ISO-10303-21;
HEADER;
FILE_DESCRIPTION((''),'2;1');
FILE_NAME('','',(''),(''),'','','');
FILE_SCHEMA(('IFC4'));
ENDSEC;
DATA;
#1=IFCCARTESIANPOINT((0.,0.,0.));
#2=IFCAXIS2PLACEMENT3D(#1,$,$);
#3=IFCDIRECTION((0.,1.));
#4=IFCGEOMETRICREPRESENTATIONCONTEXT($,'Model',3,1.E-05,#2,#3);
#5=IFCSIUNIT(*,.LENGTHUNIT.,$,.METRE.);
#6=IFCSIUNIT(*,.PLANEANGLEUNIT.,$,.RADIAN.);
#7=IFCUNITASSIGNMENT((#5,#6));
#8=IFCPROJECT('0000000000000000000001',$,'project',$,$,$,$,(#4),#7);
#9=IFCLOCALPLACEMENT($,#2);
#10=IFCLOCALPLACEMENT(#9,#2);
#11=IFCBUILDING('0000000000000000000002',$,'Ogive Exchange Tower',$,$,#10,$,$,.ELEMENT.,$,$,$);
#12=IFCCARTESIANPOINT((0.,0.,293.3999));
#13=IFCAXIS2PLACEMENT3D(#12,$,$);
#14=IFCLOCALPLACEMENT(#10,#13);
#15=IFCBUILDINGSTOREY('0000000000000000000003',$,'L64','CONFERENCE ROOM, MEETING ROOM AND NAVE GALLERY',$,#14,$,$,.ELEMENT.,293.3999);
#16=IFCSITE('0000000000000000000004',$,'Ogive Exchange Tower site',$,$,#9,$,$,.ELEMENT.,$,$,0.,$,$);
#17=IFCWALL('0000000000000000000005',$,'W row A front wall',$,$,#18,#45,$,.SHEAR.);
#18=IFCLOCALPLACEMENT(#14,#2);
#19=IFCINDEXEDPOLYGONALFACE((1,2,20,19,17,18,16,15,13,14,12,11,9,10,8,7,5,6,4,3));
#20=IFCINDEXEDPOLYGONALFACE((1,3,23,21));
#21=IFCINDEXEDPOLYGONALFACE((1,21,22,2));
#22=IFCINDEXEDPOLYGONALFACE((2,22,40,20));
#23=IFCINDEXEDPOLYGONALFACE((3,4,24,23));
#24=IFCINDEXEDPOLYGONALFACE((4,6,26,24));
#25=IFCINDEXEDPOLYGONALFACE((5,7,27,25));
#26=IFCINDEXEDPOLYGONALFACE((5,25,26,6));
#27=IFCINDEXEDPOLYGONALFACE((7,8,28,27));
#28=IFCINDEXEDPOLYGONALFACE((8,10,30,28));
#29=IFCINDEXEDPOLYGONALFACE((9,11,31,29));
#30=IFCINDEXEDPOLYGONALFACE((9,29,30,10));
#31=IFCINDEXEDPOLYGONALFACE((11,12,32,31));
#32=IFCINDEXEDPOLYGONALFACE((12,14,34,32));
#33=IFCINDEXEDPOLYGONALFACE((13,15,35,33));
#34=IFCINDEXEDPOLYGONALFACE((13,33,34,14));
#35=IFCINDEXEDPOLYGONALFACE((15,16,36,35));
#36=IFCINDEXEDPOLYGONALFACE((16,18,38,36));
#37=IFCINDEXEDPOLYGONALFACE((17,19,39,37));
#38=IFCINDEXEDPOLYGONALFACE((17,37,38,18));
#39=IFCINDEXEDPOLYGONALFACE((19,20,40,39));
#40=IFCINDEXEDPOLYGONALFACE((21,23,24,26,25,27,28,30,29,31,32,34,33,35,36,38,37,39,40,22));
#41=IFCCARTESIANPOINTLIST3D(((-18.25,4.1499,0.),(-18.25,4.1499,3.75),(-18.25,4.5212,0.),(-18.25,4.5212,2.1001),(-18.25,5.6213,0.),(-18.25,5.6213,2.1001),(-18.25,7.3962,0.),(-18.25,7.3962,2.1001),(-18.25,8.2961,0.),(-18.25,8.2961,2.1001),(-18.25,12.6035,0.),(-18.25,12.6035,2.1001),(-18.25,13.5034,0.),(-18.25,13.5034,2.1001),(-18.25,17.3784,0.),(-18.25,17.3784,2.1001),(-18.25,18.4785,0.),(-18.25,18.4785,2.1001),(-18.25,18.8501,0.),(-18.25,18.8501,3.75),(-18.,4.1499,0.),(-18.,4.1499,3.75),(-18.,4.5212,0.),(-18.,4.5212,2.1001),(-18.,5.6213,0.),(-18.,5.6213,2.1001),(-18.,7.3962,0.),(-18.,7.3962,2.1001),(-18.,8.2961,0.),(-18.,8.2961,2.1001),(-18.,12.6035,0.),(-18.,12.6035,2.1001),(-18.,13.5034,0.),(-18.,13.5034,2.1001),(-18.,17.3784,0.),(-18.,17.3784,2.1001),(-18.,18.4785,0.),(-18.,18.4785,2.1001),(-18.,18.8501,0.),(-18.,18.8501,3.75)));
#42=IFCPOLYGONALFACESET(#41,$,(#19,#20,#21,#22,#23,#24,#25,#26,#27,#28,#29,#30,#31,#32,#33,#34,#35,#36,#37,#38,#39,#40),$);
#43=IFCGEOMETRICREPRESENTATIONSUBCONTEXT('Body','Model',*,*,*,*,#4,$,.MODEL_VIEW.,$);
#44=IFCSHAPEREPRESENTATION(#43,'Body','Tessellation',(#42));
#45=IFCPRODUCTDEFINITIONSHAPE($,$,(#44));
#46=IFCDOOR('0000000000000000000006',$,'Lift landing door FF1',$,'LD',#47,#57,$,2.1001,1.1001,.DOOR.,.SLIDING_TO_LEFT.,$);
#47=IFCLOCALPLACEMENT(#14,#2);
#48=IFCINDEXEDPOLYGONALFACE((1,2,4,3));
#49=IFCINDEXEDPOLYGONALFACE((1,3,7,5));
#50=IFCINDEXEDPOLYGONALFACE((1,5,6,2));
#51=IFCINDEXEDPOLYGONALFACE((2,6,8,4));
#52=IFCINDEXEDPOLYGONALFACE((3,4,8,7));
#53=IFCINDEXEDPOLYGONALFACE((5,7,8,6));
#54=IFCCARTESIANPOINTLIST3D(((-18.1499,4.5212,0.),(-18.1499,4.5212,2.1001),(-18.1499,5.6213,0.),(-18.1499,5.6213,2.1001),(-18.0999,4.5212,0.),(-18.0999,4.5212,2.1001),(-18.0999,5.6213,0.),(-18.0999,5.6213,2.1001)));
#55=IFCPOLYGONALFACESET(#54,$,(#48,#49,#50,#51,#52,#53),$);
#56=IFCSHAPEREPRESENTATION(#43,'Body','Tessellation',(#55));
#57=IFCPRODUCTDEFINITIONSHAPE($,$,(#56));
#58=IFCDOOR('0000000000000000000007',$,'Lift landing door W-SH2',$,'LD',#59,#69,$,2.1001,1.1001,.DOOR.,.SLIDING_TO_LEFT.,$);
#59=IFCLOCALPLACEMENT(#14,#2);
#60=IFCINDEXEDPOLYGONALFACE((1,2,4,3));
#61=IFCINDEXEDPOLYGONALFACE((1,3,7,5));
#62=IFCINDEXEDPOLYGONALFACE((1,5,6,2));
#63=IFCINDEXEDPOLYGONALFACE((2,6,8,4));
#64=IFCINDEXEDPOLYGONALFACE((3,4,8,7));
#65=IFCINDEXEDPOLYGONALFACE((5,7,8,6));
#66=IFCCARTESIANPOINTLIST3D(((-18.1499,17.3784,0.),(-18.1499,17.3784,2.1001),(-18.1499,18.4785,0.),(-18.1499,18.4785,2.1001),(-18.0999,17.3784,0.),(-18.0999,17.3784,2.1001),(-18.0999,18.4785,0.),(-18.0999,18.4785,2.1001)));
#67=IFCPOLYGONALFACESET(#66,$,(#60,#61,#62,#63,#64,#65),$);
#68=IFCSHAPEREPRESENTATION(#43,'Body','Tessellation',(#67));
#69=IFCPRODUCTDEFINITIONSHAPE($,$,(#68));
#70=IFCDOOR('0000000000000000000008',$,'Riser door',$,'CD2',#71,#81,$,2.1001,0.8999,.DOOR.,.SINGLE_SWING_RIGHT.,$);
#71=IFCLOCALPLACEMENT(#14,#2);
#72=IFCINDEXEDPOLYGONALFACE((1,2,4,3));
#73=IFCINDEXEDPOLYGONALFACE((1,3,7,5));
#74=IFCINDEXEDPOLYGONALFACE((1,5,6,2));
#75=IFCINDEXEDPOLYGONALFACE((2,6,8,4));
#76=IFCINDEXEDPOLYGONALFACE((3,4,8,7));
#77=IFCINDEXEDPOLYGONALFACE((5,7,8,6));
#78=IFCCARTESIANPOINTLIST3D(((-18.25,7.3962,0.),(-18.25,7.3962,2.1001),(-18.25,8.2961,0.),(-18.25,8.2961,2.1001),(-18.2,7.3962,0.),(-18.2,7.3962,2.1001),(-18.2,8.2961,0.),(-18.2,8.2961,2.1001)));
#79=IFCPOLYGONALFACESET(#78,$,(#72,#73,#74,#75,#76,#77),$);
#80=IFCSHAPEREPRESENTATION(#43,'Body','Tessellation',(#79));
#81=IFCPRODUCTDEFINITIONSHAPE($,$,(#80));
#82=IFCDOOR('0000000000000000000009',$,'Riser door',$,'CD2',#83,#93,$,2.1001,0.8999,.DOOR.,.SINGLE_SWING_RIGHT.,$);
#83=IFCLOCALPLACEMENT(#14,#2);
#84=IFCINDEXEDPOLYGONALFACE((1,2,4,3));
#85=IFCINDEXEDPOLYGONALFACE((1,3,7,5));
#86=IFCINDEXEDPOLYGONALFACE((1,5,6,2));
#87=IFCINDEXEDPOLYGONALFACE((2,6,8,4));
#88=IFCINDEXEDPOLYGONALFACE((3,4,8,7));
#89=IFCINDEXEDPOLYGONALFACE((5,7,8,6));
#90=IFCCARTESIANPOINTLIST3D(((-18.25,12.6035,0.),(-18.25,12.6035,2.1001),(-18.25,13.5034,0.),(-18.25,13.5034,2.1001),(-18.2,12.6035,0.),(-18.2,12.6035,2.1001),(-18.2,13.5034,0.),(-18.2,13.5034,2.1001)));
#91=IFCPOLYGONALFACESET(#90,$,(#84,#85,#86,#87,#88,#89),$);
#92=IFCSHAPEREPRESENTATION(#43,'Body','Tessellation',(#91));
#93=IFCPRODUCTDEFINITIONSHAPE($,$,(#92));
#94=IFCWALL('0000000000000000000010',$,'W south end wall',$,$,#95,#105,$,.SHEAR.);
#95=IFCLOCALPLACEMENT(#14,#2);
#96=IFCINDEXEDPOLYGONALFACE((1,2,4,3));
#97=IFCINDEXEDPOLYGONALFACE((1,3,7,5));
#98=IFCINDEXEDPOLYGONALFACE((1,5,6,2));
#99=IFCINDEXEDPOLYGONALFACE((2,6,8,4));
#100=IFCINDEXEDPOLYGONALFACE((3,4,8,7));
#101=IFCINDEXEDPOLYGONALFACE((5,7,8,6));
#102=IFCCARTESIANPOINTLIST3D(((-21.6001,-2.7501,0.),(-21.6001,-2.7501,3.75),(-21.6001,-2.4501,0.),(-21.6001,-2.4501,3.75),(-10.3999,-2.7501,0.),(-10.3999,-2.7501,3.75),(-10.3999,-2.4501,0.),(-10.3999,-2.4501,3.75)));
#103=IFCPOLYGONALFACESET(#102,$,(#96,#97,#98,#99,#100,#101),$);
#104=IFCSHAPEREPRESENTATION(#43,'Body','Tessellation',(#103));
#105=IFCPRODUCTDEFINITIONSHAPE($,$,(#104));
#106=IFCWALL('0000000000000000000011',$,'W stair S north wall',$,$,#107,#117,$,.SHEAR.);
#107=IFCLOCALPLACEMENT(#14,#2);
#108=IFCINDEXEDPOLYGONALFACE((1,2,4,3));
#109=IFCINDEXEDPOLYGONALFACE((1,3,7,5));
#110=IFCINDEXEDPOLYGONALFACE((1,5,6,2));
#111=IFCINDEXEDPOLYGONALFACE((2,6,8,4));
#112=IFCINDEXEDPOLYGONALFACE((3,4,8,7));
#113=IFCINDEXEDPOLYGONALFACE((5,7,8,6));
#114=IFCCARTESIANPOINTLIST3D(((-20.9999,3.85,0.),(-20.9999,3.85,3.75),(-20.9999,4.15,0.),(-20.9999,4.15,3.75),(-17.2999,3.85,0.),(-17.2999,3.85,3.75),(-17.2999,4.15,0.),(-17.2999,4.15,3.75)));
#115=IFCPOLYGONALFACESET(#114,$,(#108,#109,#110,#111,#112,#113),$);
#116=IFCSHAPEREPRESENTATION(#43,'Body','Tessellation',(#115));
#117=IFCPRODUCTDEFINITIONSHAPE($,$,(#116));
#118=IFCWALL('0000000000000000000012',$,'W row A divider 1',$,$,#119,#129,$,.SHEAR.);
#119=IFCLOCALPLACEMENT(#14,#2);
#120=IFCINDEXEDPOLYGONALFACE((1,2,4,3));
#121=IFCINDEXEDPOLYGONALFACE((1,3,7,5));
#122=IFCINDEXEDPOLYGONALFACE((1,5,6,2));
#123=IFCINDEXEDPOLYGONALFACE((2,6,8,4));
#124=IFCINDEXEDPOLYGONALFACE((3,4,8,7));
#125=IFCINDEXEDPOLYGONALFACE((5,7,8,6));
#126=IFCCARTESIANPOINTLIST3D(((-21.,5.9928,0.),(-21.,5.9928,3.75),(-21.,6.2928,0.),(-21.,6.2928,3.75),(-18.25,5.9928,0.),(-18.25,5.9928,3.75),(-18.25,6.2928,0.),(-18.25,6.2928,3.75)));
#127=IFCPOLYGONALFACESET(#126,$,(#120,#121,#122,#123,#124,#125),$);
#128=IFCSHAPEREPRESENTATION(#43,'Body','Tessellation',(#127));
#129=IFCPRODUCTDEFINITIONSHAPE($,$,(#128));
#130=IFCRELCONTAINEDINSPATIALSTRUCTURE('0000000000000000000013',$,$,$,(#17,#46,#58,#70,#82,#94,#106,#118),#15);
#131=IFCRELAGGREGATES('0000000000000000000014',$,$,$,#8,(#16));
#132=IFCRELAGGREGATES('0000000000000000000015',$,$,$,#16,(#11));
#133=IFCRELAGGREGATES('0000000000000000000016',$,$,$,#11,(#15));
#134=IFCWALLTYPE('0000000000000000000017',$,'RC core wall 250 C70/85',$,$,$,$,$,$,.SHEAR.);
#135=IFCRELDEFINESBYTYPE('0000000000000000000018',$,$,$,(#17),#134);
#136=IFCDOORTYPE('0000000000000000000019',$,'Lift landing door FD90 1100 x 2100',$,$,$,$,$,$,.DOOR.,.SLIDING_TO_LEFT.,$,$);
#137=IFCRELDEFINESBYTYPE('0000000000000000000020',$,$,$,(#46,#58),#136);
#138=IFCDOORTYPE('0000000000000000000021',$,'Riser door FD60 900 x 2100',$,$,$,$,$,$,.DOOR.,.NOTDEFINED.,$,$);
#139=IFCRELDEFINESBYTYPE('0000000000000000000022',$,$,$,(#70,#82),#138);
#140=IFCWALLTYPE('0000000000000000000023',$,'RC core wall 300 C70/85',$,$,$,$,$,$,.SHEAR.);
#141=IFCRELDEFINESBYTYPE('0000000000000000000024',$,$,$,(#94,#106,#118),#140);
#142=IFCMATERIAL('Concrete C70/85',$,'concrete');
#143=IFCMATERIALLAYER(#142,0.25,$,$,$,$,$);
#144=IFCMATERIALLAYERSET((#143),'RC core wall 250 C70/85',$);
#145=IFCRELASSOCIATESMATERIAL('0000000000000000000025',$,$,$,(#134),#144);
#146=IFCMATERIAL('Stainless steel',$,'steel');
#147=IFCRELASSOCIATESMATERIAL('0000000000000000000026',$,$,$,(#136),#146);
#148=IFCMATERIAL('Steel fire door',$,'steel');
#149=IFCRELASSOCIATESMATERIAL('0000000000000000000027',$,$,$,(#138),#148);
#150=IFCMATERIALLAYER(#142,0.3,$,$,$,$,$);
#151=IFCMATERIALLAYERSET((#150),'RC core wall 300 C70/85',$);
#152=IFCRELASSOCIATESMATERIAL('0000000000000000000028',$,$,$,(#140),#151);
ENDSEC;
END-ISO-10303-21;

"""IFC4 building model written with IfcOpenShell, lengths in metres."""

from ifc_helpers import new_model, si_unit, direction, frame, frame_2d, origin, place, context, subcontext, project, spatial, rectangle, extrude, material, layer, layer_set, type_object, element, fill, save


model = new_model("IFC4")

# Units and contexts
model_context = context("Model", 3, precision=1e-05, world=origin(), true_north=direction((0.0, 1.0)))
body_context = subcontext(model_context, "Body", "Model", "MODEL_VIEW")
ifc_project = project(units=[si_unit("LENGTHUNIT", "METRE"), si_unit("PLANEANGLEUNIT", "RADIAN")], contexts=[model_context])

# Site, building, storey
site_placement = place(None, origin())
site = spatial("IfcSite", under=ifc_project, at=site_placement, Name="Ogive Exchange Tower site", CompositionType="ELEMENT", RefElevation=0.0)
building_placement = place(site_placement, origin())
building = spatial("IfcBuilding", under=site, at=building_placement, Name="Ogive Exchange Tower", CompositionType="ELEMENT")
storey_placement = place(building_placement, frame((0.0, 0.0, 293.3999)))
storey = spatial("IfcBuildingStorey", under=building, at=storey_placement, Name="L64", Description="CONFERENCE ROOM, MEETING ROOM AND NAVE GALLERY", CompositionType="ELEMENT", Elevation=293.3999)

# Wall, openings, doors
ifc_material_1 = material(Name="Concrete C70/85", Category="concrete")
ifc_layer_1 = layer(ifc_material_1, 0.25)
ifc_layer_set_1 = layer_set([ifc_layer_1], Name="RC core wall 250 C70/85")
wall_type_1 = type_object("IfcWallType", Name="RC core wall 250 C70/85", PredefinedType="SHEAR", material=ifc_layer_set_1)
wall_1_placement = place(storey_placement, frame((-18.125, 4.1499, 0.0), z_axis=(0.0, 0.0, 1.0), x_axis=(0.0, 1.0, 0.0)))
wall_1 = element("IfcWall", 1, at=wall_1_placement, inside=storey, type_object=wall_type_1, Name="W row A front wall", PredefinedType="SHEAR", context=body_context, shape_type="SweptSolid", body=[
    extrude(rectangle(XDim=14.7002, YDim=0.25, at=frame_2d((7.3501, 0.0))), origin(), (0.0, 0.0, 1.0), 3.75),
])
opening_1_placement = place(wall_1_placement, frame((3.2463, 0.0, 0.0)))
opening_1 = element("IfcOpeningElement", 2, at=opening_1_placement, cuts=wall_1, PredefinedType="OPENING", context=body_context, shape_type="SweptSolid", body=[
    extrude(rectangle(XDim=0.8999, YDim=2.1001, at=frame_2d((0.45, 1.05))), frame((0.0, 0.135, 0.0), z_axis=(0.0, -1.0, 0.0), x_axis=(1.0, 0.0, 0.0)), (0.0, 0.0, 1.0), 0.27),
])
opening_2_placement = place(wall_1_placement, frame((8.4536, 0.0, 0.0)))
opening_2 = element("IfcOpeningElement", 3, at=opening_2_placement, cuts=wall_1, PredefinedType="OPENING", context=body_context, shape_type="SweptSolid", body=[
    extrude(rectangle(XDim=0.8999, YDim=2.1001, at=frame_2d((0.45, 1.05))), frame((0.0, 0.135, 0.0), z_axis=(0.0, -1.0, 0.0), x_axis=(1.0, 0.0, 0.0)), (0.0, 0.0, 1.0), 0.27),
])
opening_3_placement = place(wall_1_placement, frame((0.3713, 0.0, 0.0)))
opening_3 = element("IfcOpeningElement", 4, at=opening_3_placement, cuts=wall_1, PredefinedType="OPENING", context=body_context, shape_type="SweptSolid", body=[
    extrude(rectangle(XDim=1.1001, YDim=2.1001, at=frame_2d((0.55, 1.05))), frame((0.0, 0.135, 0.0), z_axis=(0.0, -1.0, 0.0), x_axis=(1.0, 0.0, 0.0)), (0.0, 0.0, 1.0), 0.27),
])
opening_4_placement = place(wall_1_placement, frame((13.2285, 0.0, 0.0)))
opening_4 = element("IfcOpeningElement", 5, at=opening_4_placement, cuts=wall_1, PredefinedType="OPENING", context=body_context, shape_type="SweptSolid", body=[
    extrude(rectangle(XDim=1.1001, YDim=2.1001, at=frame_2d((0.55, 1.05))), frame((0.0, 0.135, 0.0), z_axis=(0.0, -1.0, 0.0), x_axis=(1.0, 0.0, 0.0)), (0.0, 0.0, 1.0), 0.27),
])
ifc_material_2 = material(Name="Stainless steel", Category="steel")
door_type_1 = type_object("IfcDoorType", Name="Lift landing door FD90 1100 x 2100", OperationType="SLIDING_TO_LEFT", PredefinedType="DOOR", material=ifc_material_2)
door_1_placement = place(opening_3_placement, origin())
door_1 = element("IfcDoor", 6, at=door_1_placement, inside=storey, type_object=door_type_1, Name="Lift landing door FF1", ObjectType="LD", OperationType="SLIDING_TO_LEFT", OverallHeight=2.1001, OverallWidth=1.1001, PredefinedType="DOOR", context=body_context, shape_type="SweptSolid", body=[
    extrude(rectangle(XDim=1.1001, YDim=2.1001, at=frame_2d((0.55, 1.05))), frame((0.0, 0.0249, 0.0), z_axis=(0.0, -1.0, 0.0), x_axis=(1.0, 0.0, 0.0)), (0.0, 0.0, 1.0), 0.05),
])
fill(opening_3, door_1)
door_2_placement = place(opening_4_placement, origin())
door_2 = element("IfcDoor", 7, at=door_2_placement, inside=storey, type_object=door_type_1, Name="Lift landing door W-SH2", ObjectType="LD", OperationType="SLIDING_TO_LEFT", OverallHeight=2.1001, OverallWidth=1.1001, PredefinedType="DOOR", context=body_context, shape_type="SweptSolid", body=[
    extrude(rectangle(XDim=1.1001, YDim=2.1001, at=frame_2d((0.55, 1.05))), frame((0.0, 0.0249, 0.0), z_axis=(0.0, -1.0, 0.0), x_axis=(1.0, 0.0, 0.0)), (0.0, 0.0, 1.0), 0.05),
])
fill(opening_4, door_2)
ifc_material_3 = material(Name="Steel fire door", Category="steel")
door_type_2 = type_object("IfcDoorType", Name="Riser door FD60 900 x 2100", OperationType="NOTDEFINED", PredefinedType="DOOR", material=ifc_material_3)
door_3_placement = place(opening_1_placement, origin())
door_3 = element("IfcDoor", 8, at=door_3_placement, inside=storey, type_object=door_type_2, Name="Riser door", ObjectType="CD2", OperationType="SINGLE_SWING_RIGHT", OverallHeight=2.1001, OverallWidth=0.8999, PredefinedType="DOOR", context=body_context, shape_type="SweptSolid", body=[
    extrude(rectangle(XDim=0.8999, YDim=2.1001, at=frame_2d((0.45, 1.05))), frame((0.0, 0.125, 0.0), z_axis=(0.0, -1.0, 0.0), x_axis=(1.0, 0.0, 0.0)), (0.0, 0.0, 1.0), 0.05),
])
fill(opening_1, door_3)
door_4_placement = place(opening_2_placement, origin())
door_4 = element("IfcDoor", 9, at=door_4_placement, inside=storey, type_object=door_type_2, Name="Riser door", ObjectType="CD2", OperationType="SINGLE_SWING_RIGHT", OverallHeight=2.1001, OverallWidth=0.8999, PredefinedType="DOOR", context=body_context, shape_type="SweptSolid", body=[
    extrude(rectangle(XDim=0.8999, YDim=2.1001, at=frame_2d((0.45, 1.05))), frame((0.0, 0.125, 0.0), z_axis=(0.0, -1.0, 0.0), x_axis=(1.0, 0.0, 0.0)), (0.0, 0.0, 1.0), 0.05),
])
fill(opening_2, door_4)

# Walls
ifc_layer_2 = layer(ifc_material_1, 0.3)
ifc_layer_set_2 = layer_set([ifc_layer_2], Name="RC core wall 300 C70/85")
wall_type_2 = type_object("IfcWallType", Name="RC core wall 300 C70/85", PredefinedType="SHEAR", material=ifc_layer_set_2)
wall_2_placement = place(storey_placement, frame((-21.6001, -2.6001, 0.0), z_axis=(0.0, 0.0, 1.0), x_axis=(1.0, 0.0, 0.0)))
element("IfcWall", 10, at=wall_2_placement, inside=storey, type_object=wall_type_2, Name="W south end wall", PredefinedType="SHEAR", context=body_context, shape_type="SweptSolid", body=[
    extrude(rectangle(XDim=11.2002, YDim=0.3, at=frame_2d((5.6001, 0.0))), origin(), (0.0, 0.0, 1.0), 3.75),
])
wall_3_placement = place(storey_placement, frame((-21.0, 4.0, 0.0), z_axis=(0.0, 0.0, 1.0), x_axis=(1.0, 0.0, 0.0)))
element("IfcWall", 11, at=wall_3_placement, inside=storey, type_object=wall_type_2, Name="W stair S north wall", PredefinedType="SHEAR", context=body_context, shape_type="SweptSolid", body=[
    extrude(rectangle(XDim=3.7, YDim=0.3, at=frame_2d((1.8501, 0.0))), origin(), (0.0, 0.0, 1.0), 3.75),
])
wall_4_placement = place(storey_placement, frame((-21.0, 6.1428, 0.0), z_axis=(0.0, 0.0, 1.0), x_axis=(1.0, 0.0, 0.0)))
element("IfcWall", 12, at=wall_4_placement, inside=storey, type_object=wall_type_2, Name="W row A divider 1", PredefinedType="SHEAR", context=body_context, shape_type="SweptSolid", body=[
    extrude(rectangle(XDim=2.75, YDim=0.3, at=frame_2d((1.375, 0.0))), origin(), (0.0, 0.0, 1.0), 3.75),
])

save(model, "model.ifc")
